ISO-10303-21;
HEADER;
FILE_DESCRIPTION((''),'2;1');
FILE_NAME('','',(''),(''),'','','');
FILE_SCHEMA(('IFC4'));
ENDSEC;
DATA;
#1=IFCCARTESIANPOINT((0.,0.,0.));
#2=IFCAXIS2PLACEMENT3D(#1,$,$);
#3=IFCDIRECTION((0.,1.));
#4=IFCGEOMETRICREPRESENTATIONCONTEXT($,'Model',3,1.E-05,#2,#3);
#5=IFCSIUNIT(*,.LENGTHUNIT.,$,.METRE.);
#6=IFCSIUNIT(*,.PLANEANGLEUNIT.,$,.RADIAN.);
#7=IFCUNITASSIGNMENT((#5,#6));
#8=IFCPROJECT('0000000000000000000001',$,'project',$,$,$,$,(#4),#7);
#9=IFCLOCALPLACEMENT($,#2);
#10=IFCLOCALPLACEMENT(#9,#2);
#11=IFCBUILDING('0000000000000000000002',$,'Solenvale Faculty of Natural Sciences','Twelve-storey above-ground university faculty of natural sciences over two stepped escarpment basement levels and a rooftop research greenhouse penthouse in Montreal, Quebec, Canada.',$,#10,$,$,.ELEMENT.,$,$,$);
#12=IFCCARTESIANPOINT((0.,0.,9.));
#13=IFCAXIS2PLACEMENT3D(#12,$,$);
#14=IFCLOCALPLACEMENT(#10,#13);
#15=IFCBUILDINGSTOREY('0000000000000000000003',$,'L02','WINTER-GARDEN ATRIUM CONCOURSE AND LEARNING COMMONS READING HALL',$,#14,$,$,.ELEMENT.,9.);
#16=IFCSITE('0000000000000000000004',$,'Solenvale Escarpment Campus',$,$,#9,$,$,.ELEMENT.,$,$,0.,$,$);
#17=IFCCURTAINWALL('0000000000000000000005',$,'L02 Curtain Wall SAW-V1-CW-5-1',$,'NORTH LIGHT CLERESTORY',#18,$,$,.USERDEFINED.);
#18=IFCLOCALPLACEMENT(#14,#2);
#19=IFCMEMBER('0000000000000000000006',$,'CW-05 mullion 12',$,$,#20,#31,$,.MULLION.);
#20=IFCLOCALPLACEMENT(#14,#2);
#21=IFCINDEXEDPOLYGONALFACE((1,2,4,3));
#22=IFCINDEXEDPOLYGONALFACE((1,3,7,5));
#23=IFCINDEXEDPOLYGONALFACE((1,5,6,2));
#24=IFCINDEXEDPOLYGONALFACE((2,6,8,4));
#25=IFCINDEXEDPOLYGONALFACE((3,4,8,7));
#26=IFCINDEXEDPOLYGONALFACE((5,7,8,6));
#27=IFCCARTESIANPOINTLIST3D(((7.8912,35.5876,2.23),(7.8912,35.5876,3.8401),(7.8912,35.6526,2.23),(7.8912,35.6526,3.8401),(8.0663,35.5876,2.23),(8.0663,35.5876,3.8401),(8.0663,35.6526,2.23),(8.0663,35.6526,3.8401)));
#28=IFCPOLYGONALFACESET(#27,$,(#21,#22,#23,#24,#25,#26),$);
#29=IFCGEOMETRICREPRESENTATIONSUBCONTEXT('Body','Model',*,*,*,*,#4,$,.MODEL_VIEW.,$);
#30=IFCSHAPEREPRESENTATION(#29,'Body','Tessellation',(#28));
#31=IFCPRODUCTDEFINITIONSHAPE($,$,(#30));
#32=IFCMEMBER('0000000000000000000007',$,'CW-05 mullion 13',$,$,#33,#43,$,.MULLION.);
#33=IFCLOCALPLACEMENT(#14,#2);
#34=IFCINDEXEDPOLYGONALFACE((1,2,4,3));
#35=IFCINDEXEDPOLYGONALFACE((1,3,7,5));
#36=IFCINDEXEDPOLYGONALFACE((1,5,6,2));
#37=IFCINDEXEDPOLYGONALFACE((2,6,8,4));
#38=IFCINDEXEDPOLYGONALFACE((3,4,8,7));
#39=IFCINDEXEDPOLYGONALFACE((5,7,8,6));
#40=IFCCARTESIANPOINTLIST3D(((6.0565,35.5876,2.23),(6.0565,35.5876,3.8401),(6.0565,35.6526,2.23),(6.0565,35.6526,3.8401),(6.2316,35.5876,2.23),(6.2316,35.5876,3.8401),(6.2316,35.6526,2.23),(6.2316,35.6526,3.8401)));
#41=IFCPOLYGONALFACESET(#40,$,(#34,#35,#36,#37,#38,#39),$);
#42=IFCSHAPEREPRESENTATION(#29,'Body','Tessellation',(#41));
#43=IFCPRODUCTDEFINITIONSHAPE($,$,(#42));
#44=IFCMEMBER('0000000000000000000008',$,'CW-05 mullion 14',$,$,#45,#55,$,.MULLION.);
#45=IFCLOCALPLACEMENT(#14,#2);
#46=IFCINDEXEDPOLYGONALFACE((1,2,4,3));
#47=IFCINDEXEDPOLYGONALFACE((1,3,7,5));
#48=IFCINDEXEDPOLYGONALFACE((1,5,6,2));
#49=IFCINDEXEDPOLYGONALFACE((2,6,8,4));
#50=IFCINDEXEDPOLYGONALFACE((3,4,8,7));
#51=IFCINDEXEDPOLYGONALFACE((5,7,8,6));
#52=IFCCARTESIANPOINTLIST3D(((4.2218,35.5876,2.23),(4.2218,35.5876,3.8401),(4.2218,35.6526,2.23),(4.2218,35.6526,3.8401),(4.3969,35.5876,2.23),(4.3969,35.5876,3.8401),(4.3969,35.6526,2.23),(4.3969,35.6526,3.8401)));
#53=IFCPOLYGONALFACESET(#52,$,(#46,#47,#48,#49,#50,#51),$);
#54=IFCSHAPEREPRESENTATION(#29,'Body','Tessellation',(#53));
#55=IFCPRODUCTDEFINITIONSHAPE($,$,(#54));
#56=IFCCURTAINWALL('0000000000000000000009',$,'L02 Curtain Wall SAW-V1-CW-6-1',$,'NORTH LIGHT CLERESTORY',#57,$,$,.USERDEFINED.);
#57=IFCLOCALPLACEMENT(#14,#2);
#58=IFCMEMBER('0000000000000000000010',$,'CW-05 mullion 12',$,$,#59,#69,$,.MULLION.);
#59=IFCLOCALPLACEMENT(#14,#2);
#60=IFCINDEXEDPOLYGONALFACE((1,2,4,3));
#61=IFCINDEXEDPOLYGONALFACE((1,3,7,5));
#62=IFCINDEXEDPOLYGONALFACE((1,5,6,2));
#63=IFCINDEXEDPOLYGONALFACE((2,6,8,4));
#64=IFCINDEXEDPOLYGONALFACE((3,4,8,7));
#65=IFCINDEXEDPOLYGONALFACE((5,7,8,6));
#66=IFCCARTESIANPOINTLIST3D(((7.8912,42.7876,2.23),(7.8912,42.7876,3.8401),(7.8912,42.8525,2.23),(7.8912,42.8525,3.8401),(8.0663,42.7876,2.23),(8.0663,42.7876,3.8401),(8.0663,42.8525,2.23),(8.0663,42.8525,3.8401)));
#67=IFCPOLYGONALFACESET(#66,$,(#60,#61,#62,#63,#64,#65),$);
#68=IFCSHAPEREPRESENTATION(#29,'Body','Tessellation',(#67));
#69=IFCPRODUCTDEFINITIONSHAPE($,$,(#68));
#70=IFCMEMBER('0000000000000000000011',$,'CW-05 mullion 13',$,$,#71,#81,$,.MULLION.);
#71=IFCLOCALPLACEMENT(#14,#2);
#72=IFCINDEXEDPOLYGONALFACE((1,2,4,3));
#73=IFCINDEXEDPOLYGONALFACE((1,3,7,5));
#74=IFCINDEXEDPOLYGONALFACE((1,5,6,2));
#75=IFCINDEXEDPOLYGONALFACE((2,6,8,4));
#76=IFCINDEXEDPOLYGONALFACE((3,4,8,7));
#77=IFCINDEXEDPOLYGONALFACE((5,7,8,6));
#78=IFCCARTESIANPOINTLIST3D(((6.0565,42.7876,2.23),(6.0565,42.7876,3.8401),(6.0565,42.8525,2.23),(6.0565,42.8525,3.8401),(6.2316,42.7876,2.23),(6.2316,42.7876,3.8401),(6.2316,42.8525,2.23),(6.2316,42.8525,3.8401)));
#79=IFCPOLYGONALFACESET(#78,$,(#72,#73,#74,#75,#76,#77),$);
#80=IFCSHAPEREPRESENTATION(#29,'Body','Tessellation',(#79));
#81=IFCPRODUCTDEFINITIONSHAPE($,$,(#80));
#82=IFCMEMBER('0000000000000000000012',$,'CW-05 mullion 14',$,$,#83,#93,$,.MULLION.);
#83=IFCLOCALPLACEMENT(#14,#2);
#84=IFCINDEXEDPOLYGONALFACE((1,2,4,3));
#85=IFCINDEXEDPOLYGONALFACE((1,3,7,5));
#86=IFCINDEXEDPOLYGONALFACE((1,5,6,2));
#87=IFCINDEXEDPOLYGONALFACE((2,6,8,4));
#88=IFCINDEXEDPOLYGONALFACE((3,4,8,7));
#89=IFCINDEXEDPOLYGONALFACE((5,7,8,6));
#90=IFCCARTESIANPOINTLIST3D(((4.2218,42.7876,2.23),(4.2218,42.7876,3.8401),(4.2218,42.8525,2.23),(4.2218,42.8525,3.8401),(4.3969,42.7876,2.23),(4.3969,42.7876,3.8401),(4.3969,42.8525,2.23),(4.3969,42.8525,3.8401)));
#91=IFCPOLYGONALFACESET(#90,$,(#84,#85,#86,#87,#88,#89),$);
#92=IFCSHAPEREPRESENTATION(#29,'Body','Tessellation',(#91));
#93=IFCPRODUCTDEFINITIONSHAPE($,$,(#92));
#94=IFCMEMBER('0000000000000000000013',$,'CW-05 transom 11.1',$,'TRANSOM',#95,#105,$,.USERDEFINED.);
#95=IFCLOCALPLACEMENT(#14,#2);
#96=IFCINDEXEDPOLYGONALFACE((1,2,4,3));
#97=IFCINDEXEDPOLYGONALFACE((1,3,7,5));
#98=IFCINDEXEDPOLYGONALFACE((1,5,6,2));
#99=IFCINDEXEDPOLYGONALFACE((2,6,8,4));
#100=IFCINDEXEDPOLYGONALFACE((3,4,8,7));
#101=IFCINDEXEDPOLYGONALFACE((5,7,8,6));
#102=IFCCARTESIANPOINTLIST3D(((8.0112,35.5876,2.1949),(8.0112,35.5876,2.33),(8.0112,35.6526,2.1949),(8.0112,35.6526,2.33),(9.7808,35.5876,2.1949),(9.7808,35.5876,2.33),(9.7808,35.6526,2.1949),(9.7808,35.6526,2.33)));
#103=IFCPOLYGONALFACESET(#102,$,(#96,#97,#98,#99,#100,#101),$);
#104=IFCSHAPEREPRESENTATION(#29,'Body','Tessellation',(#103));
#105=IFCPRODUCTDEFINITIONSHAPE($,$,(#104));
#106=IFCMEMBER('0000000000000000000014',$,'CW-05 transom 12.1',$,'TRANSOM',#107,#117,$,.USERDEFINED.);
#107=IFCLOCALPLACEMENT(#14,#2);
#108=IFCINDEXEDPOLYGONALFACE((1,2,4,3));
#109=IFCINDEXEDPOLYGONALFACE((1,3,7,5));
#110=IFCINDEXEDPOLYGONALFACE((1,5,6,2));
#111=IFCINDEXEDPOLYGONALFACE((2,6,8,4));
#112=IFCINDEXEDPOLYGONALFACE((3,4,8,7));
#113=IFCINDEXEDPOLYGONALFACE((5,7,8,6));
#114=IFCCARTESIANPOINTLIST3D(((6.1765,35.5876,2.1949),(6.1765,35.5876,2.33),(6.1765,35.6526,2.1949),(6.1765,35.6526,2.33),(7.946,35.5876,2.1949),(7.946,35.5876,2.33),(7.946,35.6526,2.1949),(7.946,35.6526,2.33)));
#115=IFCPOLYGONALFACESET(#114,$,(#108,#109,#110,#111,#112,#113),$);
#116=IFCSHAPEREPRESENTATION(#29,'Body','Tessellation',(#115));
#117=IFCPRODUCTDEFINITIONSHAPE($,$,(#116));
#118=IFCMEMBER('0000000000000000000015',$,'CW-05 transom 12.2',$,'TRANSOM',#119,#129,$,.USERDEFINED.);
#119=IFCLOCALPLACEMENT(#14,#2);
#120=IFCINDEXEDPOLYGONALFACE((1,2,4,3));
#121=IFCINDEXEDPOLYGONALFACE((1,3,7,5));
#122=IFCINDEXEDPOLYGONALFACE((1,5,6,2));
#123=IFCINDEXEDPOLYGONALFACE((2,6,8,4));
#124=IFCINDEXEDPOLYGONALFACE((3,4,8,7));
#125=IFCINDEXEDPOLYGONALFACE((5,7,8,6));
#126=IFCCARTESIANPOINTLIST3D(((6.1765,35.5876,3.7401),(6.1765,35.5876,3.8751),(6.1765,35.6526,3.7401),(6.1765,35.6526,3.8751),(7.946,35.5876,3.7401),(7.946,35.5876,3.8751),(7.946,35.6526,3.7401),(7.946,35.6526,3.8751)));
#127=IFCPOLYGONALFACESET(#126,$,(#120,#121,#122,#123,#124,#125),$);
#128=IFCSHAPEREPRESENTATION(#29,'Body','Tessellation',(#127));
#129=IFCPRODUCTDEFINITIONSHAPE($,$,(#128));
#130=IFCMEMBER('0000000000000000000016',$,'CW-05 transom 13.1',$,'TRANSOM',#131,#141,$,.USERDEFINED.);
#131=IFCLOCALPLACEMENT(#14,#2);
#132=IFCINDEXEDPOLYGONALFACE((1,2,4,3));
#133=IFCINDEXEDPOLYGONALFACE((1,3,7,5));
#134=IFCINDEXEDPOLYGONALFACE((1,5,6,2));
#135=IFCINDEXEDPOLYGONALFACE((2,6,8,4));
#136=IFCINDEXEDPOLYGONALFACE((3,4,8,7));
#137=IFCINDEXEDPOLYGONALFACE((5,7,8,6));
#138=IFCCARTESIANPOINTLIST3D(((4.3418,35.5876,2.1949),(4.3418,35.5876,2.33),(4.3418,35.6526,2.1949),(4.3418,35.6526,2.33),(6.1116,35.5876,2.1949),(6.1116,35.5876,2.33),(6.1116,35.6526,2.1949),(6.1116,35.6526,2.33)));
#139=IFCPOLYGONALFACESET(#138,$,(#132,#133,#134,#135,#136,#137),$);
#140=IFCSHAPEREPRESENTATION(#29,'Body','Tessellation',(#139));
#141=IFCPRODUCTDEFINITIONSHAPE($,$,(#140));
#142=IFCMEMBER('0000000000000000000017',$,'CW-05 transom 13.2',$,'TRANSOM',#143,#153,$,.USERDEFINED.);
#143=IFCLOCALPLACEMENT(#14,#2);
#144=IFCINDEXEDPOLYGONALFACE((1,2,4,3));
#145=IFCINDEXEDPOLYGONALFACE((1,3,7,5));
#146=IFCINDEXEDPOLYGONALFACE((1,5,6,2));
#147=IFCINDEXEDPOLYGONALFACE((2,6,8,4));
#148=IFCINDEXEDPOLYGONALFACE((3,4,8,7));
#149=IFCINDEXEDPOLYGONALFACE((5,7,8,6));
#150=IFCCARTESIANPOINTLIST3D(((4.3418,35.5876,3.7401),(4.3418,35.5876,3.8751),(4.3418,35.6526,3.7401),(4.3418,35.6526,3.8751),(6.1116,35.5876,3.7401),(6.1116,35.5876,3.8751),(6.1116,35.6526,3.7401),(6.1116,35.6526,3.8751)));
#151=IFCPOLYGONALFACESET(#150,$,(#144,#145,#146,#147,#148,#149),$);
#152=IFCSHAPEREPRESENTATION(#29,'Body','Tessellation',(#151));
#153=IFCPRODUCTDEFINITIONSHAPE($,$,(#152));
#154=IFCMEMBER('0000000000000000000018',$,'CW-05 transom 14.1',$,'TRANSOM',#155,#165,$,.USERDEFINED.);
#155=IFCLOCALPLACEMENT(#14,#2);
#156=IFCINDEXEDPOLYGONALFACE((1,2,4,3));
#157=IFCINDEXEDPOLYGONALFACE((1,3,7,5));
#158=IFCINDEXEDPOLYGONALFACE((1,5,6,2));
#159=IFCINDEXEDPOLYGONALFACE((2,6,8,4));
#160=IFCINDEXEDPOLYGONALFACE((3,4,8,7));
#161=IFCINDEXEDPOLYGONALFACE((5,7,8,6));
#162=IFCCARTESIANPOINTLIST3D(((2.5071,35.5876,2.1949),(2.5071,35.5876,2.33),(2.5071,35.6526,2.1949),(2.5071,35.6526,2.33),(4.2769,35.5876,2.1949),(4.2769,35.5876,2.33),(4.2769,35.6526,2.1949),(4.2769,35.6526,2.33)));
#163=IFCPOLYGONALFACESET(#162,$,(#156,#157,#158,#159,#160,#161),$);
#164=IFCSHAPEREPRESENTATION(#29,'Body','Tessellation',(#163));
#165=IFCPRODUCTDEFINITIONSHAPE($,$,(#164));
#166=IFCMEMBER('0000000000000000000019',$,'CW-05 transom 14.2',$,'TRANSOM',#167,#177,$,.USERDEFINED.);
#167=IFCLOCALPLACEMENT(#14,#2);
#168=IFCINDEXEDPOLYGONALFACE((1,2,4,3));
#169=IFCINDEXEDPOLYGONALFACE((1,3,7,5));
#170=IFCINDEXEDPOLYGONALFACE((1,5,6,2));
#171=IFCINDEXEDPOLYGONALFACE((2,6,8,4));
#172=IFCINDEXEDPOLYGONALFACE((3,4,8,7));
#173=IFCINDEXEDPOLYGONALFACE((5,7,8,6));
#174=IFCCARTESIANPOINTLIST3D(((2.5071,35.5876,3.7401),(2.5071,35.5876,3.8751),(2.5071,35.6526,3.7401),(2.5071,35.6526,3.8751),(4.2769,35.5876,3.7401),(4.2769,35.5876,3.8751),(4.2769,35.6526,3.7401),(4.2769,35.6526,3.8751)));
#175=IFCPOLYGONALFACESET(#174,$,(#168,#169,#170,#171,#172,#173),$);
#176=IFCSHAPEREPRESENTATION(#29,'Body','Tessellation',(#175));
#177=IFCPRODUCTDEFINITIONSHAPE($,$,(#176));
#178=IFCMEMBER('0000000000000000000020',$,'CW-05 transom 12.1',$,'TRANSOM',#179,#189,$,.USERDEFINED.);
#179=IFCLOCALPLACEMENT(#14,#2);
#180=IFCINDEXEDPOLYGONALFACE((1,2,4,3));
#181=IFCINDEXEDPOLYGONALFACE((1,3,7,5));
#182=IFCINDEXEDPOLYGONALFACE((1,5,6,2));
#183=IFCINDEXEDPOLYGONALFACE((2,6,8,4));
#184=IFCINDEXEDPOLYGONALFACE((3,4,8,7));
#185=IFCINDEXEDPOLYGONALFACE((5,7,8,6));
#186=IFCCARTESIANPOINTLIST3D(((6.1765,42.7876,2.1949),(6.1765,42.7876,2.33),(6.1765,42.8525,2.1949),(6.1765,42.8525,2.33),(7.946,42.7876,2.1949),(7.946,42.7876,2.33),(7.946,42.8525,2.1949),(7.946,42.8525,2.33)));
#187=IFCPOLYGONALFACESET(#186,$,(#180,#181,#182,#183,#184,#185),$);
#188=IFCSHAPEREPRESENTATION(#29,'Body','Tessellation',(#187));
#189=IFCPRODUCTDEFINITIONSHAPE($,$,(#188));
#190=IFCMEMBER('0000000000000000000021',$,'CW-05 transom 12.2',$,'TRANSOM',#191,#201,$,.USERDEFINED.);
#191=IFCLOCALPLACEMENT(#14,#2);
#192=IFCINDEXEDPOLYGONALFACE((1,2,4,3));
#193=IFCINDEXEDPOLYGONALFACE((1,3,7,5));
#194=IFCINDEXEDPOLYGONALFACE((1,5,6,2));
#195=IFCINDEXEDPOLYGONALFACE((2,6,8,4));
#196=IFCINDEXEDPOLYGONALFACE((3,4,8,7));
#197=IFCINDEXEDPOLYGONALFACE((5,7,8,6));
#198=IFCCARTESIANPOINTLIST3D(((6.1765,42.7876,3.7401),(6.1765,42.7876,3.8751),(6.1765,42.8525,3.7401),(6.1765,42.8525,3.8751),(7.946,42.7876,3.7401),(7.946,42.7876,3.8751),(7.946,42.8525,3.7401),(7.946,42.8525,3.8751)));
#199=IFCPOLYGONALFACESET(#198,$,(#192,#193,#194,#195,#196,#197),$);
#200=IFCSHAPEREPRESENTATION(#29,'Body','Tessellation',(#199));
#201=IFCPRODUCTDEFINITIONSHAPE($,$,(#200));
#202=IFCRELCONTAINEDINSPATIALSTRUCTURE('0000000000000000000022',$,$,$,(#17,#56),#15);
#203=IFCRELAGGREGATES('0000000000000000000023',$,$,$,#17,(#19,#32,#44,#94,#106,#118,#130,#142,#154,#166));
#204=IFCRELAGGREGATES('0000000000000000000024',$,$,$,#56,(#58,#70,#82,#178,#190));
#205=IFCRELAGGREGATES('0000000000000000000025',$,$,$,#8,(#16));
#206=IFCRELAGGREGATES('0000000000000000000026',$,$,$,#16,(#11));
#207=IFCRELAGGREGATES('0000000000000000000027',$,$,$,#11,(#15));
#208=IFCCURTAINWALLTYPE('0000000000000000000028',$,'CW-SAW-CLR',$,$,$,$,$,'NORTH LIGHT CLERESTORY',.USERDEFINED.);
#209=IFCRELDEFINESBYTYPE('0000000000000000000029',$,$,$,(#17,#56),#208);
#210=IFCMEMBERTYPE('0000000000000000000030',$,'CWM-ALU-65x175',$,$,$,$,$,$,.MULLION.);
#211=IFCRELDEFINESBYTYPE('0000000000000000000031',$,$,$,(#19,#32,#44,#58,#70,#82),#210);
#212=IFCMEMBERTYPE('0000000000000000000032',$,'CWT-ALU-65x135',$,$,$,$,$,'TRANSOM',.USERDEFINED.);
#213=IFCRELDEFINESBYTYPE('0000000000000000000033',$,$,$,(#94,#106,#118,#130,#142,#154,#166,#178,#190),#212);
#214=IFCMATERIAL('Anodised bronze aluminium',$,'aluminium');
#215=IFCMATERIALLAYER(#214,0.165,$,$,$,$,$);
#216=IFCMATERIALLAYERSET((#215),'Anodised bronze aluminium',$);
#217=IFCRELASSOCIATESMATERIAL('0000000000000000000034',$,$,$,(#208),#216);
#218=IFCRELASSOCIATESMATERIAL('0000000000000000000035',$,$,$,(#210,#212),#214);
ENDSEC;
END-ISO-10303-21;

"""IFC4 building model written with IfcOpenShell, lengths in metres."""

from ifc_helpers import new_model, si_unit, direction, frame, origin, origin_2d, place, context, subcontext, project, spatial, rectangle, extrude, material, layer, layer_set, material_profile, profile_set, type_object, element, aggregate, save


model = new_model("IFC4")

# Units and contexts
model_context = context("Model", 3, precision=1e-05, world=origin(), true_north=direction((0.0, 1.0)))
body_context = subcontext(model_context, "Body", "Model", "MODEL_VIEW")
ifc_project = project(units=[si_unit("LENGTHUNIT", "METRE"), si_unit("PLANEANGLEUNIT", "RADIAN")], contexts=[model_context])

# Site, building, storey
site_placement = place(None, origin())
site = spatial("IfcSite", under=ifc_project, at=site_placement, Name="Solenvale Escarpment Campus", CompositionType="ELEMENT", RefElevation=0.0)
building_placement = place(site_placement, origin())
building = spatial("IfcBuilding", under=site, at=building_placement, Name="Solenvale Faculty of Natural Sciences", Description="Twelve-storey above-ground university faculty of natural sciences over two stepped escarpment basement levels and a rooftop research greenhouse penthouse in Montreal, Quebec, Canada.", CompositionType="ELEMENT")
storey_placement = place(building_placement, frame((0.0, 0.0, 9.0)))
storey = spatial("IfcBuildingStorey", under=building, at=storey_placement, Name="L02", Description="WINTER-GARDEN ATRIUM CONCOURSE AND LEARNING COMMONS READING HALL", CompositionType="ELEMENT", Elevation=9.0)

# Curtain walls, members
ifc_material_1 = material(Name="Anodised bronze aluminium", Category="aluminium")
ifc_layer_1 = layer(ifc_material_1, 0.165)
ifc_layer_set_1 = layer_set([ifc_layer_1], Name="Anodised bronze aluminium")
curtain_wall_type = type_object("IfcCurtainWallType", Name="CW-SAW-CLR", ElementType="NORTH LIGHT CLERESTORY", PredefinedType="USERDEFINED", material=ifc_layer_set_1)
curtain_wall_1_placement = place(storey_placement, origin())
curtain_wall_1 = element("IfcCurtainWall", 1, at=curtain_wall_1_placement, inside=storey, type_object=curtain_wall_type, Name="L02 Curtain Wall SAW-V1-CW-5-1", ObjectType="NORTH LIGHT CLERESTORY", PredefinedType="USERDEFINED")
ifc_material_profile_1 = material_profile(ifc_material_1, rectangle(XDim=0.0649, YDim=0.175, at=origin_2d()), Name="ALU-MUL-65x175")
ifc_profile_set_1 = profile_set([ifc_material_profile_1], Name="Anodised bronze aluminium")
member_type_1 = type_object("IfcMemberType", Name="CWM-ALU-65x175", PredefinedType="MULLION", material=ifc_profile_set_1)
member_1_placement = place(storey_placement, frame((7.9788, 35.6201, 2.23), z_axis=(0.0, 0.0, 1.0), x_axis=(0.0, -1.0, 0.0)))
member_1 = element("IfcMember", 2, at=member_1_placement, type_object=member_type_1, Name="CW-05 mullion 12", PredefinedType="MULLION", context=body_context, shape_type="SweptSolid", body=[
    extrude(rectangle(XDim=0.0649, YDim=0.175, at=origin_2d()), origin(), (0.0, 0.0, 1.0), 1.6101),
])
member_2_placement = place(storey_placement, frame((6.144, 35.6201, 2.23), z_axis=(0.0, 0.0, 1.0), x_axis=(0.0, -1.0, 0.0)))
member_2 = element("IfcMember", 3, at=member_2_placement, type_object=member_type_1, Name="CW-05 mullion 13", PredefinedType="MULLION", context=body_context, shape_type="SweptSolid", body=[
    extrude(rectangle(XDim=0.0649, YDim=0.175, at=origin_2d()), origin(), (0.0, 0.0, 1.0), 1.6101),
])
member_3_placement = place(storey_placement, frame((4.3093, 35.6201, 2.23), z_axis=(0.0, 0.0, 1.0), x_axis=(0.0, -1.0, 0.0)))
member_3 = element("IfcMember", 4, at=member_3_placement, type_object=member_type_1, Name="CW-05 mullion 14", PredefinedType="MULLION", context=body_context, shape_type="SweptSolid", body=[
    extrude(rectangle(XDim=0.0649, YDim=0.175, at=origin_2d()), origin(), (0.0, 0.0, 1.0), 1.6101),
])
curtain_wall_2_placement = place(storey_placement, origin())
curtain_wall_2 = element("IfcCurtainWall", 5, at=curtain_wall_2_placement, inside=storey, type_object=curtain_wall_type, Name="L02 Curtain Wall SAW-V1-CW-6-1", ObjectType="NORTH LIGHT CLERESTORY", PredefinedType="USERDEFINED")
member_4_placement = place(storey_placement, frame((7.9788, 42.8201, 2.23), z_axis=(0.0, 0.0, 1.0), x_axis=(0.0, -1.0, 0.0)))
member_4 = element("IfcMember", 6, at=member_4_placement, type_object=member_type_1, Name="CW-05 mullion 12", PredefinedType="MULLION", context=body_context, shape_type="SweptSolid", body=[
    extrude(rectangle(XDim=0.0649, YDim=0.175, at=origin_2d()), origin(), (0.0, 0.0, 1.0), 1.6101),
])
member_5_placement = place(storey_placement, frame((6.144, 42.8201, 2.23), z_axis=(0.0, 0.0, 1.0), x_axis=(0.0, -1.0, 0.0)))
member_5 = element("IfcMember", 7, at=member_5_placement, type_object=member_type_1, Name="CW-05 mullion 13", PredefinedType="MULLION", context=body_context, shape_type="SweptSolid", body=[
    extrude(rectangle(XDim=0.0649, YDim=0.175, at=origin_2d()), origin(), (0.0, 0.0, 1.0), 1.6101),
])
member_6_placement = place(storey_placement, frame((4.3093, 42.8201, 2.23), z_axis=(0.0, 0.0, 1.0), x_axis=(0.0, -1.0, 0.0)))
member_6 = element("IfcMember", 8, at=member_6_placement, type_object=member_type_1, Name="CW-05 mullion 14", PredefinedType="MULLION", context=body_context, shape_type="SweptSolid", body=[
    extrude(rectangle(XDim=0.0649, YDim=0.175, at=origin_2d()), origin(), (0.0, 0.0, 1.0), 1.6101),
])

# Members
ifc_material_profile_2 = material_profile(ifc_material_1, rectangle(XDim=0.0649, YDim=0.135, at=origin_2d()), Name="ALU-TRN-65x135")
ifc_profile_set_2 = profile_set([ifc_material_profile_2], Name="Anodised bronze aluminium")
member_type_2 = type_object("IfcMemberType", Name="CWT-ALU-65x135", ElementType="TRANSOM", PredefinedType="USERDEFINED", material=ifc_profile_set_2)
member_7_placement = place(storey_placement, frame((9.7808, 35.6201, 2.2625), z_axis=(-1.0, 0.0, 0.0), x_axis=(0.0, -1.0, 0.0)))
member_7 = element("IfcMember", 9, at=member_7_placement, type_object=member_type_2, Name="CW-05 transom 11.1", ObjectType="TRANSOM", PredefinedType="USERDEFINED", context=body_context, shape_type="SweptSolid", body=[
    extrude(rectangle(XDim=0.0649, YDim=0.135, at=origin_2d()), origin(), (0.0, 0.0, 1.0), 1.7695),
])
member_8_placement = place(storey_placement, frame((7.946, 35.6201, 2.2625), z_axis=(-1.0, 0.0, 0.0), x_axis=(0.0, -1.0, 0.0)))
member_8 = element("IfcMember", 10, at=member_8_placement, type_object=member_type_2, Name="CW-05 transom 12.1", ObjectType="TRANSOM", PredefinedType="USERDEFINED", context=body_context, shape_type="SweptSolid", body=[
    extrude(rectangle(XDim=0.0649, YDim=0.135, at=origin_2d()), origin(), (0.0, 0.0, 1.0), 1.7695),
])
member_9_placement = place(storey_placement, frame((7.946, 35.6201, 3.8076), z_axis=(-1.0, 0.0, 0.0), x_axis=(0.0, -1.0, 0.0)))
member_9 = element("IfcMember", 11, at=member_9_placement, type_object=member_type_2, Name="CW-05 transom 12.2", ObjectType="TRANSOM", PredefinedType="USERDEFINED", context=body_context, shape_type="SweptSolid", body=[
    extrude(rectangle(XDim=0.0649, YDim=0.135, at=origin_2d()), origin(), (0.0, 0.0, 1.0), 1.7695),
])
member_10_placement = place(storey_placement, frame((6.1116, 35.6201, 2.2625), z_axis=(-1.0, 0.0, 0.0), x_axis=(0.0, -1.0, 0.0)))
member_10 = element("IfcMember", 12, at=member_10_placement, type_object=member_type_2, Name="CW-05 transom 13.1", ObjectType="TRANSOM", PredefinedType="USERDEFINED", context=body_context, shape_type="SweptSolid", body=[
    extrude(rectangle(XDim=0.0649, YDim=0.135, at=origin_2d()), origin(), (0.0, 0.0, 1.0), 1.7698),
])
member_11_placement = place(storey_placement, frame((6.1116, 35.6201, 3.8076), z_axis=(-1.0, 0.0, 0.0), x_axis=(0.0, -1.0, 0.0)))
member_11 = element("IfcMember", 13, at=member_11_placement, type_object=member_type_2, Name="CW-05 transom 13.2", ObjectType="TRANSOM", PredefinedType="USERDEFINED", context=body_context, shape_type="SweptSolid", body=[
    extrude(rectangle(XDim=0.0649, YDim=0.135, at=origin_2d()), origin(), (0.0, 0.0, 1.0), 1.7698),
])
member_12_placement = place(storey_placement, frame((4.2769, 35.6201, 2.2625), z_axis=(-1.0, 0.0, 0.0), x_axis=(0.0, -1.0, 0.0)))
member_12 = element("IfcMember", 14, at=member_12_placement, type_object=member_type_2, Name="CW-05 transom 14.1", ObjectType="TRANSOM", PredefinedType="USERDEFINED", context=body_context, shape_type="SweptSolid", body=[
    extrude(rectangle(XDim=0.0649, YDim=0.135, at=origin_2d()), origin(), (0.0, 0.0, 1.0), 1.7698),
])
member_13_placement = place(storey_placement, frame((4.2769, 35.6201, 3.8076), z_axis=(-1.0, 0.0, 0.0), x_axis=(0.0, -1.0, 0.0)))
member_13 = element("IfcMember", 15, at=member_13_placement, type_object=member_type_2, Name="CW-05 transom 14.2", ObjectType="TRANSOM", PredefinedType="USERDEFINED", context=body_context, shape_type="SweptSolid", body=[
    extrude(rectangle(XDim=0.0649, YDim=0.135, at=origin_2d()), origin(), (0.0, 0.0, 1.0), 1.7698),
])
member_14_placement = place(storey_placement, frame((7.946, 42.8201, 2.2625), z_axis=(-1.0, 0.0, 0.0), x_axis=(0.0, -1.0, 0.0)))
member_14 = element("IfcMember", 16, at=member_14_placement, type_object=member_type_2, Name="CW-05 transom 12.1", ObjectType="TRANSOM", PredefinedType="USERDEFINED", context=body_context, shape_type="SweptSolid", body=[
    extrude(rectangle(XDim=0.0649, YDim=0.135, at=origin_2d()), origin(), (0.0, 0.0, 1.0), 1.7695),
])
member_15_placement = place(storey_placement, frame((7.946, 42.8201, 3.8076), z_axis=(-1.0, 0.0, 0.0), x_axis=(0.0, -1.0, 0.0)))
member_15 = element("IfcMember", 17, at=member_15_placement, type_object=member_type_2, Name="CW-05 transom 12.2", ObjectType="TRANSOM", PredefinedType="USERDEFINED", context=body_context, shape_type="SweptSolid", body=[
    extrude(rectangle(XDim=0.0649, YDim=0.135, at=origin_2d()), origin(), (0.0, 0.0, 1.0), 1.7695),
])

aggregate(curtain_wall_1, [member_1, member_2, member_3, member_7, member_8, member_9, member_10, member_11, member_12, member_13])
aggregate(curtain_wall_2, [member_4, member_5, member_6, member_14, member_15])

save(model, "model.ifc")
